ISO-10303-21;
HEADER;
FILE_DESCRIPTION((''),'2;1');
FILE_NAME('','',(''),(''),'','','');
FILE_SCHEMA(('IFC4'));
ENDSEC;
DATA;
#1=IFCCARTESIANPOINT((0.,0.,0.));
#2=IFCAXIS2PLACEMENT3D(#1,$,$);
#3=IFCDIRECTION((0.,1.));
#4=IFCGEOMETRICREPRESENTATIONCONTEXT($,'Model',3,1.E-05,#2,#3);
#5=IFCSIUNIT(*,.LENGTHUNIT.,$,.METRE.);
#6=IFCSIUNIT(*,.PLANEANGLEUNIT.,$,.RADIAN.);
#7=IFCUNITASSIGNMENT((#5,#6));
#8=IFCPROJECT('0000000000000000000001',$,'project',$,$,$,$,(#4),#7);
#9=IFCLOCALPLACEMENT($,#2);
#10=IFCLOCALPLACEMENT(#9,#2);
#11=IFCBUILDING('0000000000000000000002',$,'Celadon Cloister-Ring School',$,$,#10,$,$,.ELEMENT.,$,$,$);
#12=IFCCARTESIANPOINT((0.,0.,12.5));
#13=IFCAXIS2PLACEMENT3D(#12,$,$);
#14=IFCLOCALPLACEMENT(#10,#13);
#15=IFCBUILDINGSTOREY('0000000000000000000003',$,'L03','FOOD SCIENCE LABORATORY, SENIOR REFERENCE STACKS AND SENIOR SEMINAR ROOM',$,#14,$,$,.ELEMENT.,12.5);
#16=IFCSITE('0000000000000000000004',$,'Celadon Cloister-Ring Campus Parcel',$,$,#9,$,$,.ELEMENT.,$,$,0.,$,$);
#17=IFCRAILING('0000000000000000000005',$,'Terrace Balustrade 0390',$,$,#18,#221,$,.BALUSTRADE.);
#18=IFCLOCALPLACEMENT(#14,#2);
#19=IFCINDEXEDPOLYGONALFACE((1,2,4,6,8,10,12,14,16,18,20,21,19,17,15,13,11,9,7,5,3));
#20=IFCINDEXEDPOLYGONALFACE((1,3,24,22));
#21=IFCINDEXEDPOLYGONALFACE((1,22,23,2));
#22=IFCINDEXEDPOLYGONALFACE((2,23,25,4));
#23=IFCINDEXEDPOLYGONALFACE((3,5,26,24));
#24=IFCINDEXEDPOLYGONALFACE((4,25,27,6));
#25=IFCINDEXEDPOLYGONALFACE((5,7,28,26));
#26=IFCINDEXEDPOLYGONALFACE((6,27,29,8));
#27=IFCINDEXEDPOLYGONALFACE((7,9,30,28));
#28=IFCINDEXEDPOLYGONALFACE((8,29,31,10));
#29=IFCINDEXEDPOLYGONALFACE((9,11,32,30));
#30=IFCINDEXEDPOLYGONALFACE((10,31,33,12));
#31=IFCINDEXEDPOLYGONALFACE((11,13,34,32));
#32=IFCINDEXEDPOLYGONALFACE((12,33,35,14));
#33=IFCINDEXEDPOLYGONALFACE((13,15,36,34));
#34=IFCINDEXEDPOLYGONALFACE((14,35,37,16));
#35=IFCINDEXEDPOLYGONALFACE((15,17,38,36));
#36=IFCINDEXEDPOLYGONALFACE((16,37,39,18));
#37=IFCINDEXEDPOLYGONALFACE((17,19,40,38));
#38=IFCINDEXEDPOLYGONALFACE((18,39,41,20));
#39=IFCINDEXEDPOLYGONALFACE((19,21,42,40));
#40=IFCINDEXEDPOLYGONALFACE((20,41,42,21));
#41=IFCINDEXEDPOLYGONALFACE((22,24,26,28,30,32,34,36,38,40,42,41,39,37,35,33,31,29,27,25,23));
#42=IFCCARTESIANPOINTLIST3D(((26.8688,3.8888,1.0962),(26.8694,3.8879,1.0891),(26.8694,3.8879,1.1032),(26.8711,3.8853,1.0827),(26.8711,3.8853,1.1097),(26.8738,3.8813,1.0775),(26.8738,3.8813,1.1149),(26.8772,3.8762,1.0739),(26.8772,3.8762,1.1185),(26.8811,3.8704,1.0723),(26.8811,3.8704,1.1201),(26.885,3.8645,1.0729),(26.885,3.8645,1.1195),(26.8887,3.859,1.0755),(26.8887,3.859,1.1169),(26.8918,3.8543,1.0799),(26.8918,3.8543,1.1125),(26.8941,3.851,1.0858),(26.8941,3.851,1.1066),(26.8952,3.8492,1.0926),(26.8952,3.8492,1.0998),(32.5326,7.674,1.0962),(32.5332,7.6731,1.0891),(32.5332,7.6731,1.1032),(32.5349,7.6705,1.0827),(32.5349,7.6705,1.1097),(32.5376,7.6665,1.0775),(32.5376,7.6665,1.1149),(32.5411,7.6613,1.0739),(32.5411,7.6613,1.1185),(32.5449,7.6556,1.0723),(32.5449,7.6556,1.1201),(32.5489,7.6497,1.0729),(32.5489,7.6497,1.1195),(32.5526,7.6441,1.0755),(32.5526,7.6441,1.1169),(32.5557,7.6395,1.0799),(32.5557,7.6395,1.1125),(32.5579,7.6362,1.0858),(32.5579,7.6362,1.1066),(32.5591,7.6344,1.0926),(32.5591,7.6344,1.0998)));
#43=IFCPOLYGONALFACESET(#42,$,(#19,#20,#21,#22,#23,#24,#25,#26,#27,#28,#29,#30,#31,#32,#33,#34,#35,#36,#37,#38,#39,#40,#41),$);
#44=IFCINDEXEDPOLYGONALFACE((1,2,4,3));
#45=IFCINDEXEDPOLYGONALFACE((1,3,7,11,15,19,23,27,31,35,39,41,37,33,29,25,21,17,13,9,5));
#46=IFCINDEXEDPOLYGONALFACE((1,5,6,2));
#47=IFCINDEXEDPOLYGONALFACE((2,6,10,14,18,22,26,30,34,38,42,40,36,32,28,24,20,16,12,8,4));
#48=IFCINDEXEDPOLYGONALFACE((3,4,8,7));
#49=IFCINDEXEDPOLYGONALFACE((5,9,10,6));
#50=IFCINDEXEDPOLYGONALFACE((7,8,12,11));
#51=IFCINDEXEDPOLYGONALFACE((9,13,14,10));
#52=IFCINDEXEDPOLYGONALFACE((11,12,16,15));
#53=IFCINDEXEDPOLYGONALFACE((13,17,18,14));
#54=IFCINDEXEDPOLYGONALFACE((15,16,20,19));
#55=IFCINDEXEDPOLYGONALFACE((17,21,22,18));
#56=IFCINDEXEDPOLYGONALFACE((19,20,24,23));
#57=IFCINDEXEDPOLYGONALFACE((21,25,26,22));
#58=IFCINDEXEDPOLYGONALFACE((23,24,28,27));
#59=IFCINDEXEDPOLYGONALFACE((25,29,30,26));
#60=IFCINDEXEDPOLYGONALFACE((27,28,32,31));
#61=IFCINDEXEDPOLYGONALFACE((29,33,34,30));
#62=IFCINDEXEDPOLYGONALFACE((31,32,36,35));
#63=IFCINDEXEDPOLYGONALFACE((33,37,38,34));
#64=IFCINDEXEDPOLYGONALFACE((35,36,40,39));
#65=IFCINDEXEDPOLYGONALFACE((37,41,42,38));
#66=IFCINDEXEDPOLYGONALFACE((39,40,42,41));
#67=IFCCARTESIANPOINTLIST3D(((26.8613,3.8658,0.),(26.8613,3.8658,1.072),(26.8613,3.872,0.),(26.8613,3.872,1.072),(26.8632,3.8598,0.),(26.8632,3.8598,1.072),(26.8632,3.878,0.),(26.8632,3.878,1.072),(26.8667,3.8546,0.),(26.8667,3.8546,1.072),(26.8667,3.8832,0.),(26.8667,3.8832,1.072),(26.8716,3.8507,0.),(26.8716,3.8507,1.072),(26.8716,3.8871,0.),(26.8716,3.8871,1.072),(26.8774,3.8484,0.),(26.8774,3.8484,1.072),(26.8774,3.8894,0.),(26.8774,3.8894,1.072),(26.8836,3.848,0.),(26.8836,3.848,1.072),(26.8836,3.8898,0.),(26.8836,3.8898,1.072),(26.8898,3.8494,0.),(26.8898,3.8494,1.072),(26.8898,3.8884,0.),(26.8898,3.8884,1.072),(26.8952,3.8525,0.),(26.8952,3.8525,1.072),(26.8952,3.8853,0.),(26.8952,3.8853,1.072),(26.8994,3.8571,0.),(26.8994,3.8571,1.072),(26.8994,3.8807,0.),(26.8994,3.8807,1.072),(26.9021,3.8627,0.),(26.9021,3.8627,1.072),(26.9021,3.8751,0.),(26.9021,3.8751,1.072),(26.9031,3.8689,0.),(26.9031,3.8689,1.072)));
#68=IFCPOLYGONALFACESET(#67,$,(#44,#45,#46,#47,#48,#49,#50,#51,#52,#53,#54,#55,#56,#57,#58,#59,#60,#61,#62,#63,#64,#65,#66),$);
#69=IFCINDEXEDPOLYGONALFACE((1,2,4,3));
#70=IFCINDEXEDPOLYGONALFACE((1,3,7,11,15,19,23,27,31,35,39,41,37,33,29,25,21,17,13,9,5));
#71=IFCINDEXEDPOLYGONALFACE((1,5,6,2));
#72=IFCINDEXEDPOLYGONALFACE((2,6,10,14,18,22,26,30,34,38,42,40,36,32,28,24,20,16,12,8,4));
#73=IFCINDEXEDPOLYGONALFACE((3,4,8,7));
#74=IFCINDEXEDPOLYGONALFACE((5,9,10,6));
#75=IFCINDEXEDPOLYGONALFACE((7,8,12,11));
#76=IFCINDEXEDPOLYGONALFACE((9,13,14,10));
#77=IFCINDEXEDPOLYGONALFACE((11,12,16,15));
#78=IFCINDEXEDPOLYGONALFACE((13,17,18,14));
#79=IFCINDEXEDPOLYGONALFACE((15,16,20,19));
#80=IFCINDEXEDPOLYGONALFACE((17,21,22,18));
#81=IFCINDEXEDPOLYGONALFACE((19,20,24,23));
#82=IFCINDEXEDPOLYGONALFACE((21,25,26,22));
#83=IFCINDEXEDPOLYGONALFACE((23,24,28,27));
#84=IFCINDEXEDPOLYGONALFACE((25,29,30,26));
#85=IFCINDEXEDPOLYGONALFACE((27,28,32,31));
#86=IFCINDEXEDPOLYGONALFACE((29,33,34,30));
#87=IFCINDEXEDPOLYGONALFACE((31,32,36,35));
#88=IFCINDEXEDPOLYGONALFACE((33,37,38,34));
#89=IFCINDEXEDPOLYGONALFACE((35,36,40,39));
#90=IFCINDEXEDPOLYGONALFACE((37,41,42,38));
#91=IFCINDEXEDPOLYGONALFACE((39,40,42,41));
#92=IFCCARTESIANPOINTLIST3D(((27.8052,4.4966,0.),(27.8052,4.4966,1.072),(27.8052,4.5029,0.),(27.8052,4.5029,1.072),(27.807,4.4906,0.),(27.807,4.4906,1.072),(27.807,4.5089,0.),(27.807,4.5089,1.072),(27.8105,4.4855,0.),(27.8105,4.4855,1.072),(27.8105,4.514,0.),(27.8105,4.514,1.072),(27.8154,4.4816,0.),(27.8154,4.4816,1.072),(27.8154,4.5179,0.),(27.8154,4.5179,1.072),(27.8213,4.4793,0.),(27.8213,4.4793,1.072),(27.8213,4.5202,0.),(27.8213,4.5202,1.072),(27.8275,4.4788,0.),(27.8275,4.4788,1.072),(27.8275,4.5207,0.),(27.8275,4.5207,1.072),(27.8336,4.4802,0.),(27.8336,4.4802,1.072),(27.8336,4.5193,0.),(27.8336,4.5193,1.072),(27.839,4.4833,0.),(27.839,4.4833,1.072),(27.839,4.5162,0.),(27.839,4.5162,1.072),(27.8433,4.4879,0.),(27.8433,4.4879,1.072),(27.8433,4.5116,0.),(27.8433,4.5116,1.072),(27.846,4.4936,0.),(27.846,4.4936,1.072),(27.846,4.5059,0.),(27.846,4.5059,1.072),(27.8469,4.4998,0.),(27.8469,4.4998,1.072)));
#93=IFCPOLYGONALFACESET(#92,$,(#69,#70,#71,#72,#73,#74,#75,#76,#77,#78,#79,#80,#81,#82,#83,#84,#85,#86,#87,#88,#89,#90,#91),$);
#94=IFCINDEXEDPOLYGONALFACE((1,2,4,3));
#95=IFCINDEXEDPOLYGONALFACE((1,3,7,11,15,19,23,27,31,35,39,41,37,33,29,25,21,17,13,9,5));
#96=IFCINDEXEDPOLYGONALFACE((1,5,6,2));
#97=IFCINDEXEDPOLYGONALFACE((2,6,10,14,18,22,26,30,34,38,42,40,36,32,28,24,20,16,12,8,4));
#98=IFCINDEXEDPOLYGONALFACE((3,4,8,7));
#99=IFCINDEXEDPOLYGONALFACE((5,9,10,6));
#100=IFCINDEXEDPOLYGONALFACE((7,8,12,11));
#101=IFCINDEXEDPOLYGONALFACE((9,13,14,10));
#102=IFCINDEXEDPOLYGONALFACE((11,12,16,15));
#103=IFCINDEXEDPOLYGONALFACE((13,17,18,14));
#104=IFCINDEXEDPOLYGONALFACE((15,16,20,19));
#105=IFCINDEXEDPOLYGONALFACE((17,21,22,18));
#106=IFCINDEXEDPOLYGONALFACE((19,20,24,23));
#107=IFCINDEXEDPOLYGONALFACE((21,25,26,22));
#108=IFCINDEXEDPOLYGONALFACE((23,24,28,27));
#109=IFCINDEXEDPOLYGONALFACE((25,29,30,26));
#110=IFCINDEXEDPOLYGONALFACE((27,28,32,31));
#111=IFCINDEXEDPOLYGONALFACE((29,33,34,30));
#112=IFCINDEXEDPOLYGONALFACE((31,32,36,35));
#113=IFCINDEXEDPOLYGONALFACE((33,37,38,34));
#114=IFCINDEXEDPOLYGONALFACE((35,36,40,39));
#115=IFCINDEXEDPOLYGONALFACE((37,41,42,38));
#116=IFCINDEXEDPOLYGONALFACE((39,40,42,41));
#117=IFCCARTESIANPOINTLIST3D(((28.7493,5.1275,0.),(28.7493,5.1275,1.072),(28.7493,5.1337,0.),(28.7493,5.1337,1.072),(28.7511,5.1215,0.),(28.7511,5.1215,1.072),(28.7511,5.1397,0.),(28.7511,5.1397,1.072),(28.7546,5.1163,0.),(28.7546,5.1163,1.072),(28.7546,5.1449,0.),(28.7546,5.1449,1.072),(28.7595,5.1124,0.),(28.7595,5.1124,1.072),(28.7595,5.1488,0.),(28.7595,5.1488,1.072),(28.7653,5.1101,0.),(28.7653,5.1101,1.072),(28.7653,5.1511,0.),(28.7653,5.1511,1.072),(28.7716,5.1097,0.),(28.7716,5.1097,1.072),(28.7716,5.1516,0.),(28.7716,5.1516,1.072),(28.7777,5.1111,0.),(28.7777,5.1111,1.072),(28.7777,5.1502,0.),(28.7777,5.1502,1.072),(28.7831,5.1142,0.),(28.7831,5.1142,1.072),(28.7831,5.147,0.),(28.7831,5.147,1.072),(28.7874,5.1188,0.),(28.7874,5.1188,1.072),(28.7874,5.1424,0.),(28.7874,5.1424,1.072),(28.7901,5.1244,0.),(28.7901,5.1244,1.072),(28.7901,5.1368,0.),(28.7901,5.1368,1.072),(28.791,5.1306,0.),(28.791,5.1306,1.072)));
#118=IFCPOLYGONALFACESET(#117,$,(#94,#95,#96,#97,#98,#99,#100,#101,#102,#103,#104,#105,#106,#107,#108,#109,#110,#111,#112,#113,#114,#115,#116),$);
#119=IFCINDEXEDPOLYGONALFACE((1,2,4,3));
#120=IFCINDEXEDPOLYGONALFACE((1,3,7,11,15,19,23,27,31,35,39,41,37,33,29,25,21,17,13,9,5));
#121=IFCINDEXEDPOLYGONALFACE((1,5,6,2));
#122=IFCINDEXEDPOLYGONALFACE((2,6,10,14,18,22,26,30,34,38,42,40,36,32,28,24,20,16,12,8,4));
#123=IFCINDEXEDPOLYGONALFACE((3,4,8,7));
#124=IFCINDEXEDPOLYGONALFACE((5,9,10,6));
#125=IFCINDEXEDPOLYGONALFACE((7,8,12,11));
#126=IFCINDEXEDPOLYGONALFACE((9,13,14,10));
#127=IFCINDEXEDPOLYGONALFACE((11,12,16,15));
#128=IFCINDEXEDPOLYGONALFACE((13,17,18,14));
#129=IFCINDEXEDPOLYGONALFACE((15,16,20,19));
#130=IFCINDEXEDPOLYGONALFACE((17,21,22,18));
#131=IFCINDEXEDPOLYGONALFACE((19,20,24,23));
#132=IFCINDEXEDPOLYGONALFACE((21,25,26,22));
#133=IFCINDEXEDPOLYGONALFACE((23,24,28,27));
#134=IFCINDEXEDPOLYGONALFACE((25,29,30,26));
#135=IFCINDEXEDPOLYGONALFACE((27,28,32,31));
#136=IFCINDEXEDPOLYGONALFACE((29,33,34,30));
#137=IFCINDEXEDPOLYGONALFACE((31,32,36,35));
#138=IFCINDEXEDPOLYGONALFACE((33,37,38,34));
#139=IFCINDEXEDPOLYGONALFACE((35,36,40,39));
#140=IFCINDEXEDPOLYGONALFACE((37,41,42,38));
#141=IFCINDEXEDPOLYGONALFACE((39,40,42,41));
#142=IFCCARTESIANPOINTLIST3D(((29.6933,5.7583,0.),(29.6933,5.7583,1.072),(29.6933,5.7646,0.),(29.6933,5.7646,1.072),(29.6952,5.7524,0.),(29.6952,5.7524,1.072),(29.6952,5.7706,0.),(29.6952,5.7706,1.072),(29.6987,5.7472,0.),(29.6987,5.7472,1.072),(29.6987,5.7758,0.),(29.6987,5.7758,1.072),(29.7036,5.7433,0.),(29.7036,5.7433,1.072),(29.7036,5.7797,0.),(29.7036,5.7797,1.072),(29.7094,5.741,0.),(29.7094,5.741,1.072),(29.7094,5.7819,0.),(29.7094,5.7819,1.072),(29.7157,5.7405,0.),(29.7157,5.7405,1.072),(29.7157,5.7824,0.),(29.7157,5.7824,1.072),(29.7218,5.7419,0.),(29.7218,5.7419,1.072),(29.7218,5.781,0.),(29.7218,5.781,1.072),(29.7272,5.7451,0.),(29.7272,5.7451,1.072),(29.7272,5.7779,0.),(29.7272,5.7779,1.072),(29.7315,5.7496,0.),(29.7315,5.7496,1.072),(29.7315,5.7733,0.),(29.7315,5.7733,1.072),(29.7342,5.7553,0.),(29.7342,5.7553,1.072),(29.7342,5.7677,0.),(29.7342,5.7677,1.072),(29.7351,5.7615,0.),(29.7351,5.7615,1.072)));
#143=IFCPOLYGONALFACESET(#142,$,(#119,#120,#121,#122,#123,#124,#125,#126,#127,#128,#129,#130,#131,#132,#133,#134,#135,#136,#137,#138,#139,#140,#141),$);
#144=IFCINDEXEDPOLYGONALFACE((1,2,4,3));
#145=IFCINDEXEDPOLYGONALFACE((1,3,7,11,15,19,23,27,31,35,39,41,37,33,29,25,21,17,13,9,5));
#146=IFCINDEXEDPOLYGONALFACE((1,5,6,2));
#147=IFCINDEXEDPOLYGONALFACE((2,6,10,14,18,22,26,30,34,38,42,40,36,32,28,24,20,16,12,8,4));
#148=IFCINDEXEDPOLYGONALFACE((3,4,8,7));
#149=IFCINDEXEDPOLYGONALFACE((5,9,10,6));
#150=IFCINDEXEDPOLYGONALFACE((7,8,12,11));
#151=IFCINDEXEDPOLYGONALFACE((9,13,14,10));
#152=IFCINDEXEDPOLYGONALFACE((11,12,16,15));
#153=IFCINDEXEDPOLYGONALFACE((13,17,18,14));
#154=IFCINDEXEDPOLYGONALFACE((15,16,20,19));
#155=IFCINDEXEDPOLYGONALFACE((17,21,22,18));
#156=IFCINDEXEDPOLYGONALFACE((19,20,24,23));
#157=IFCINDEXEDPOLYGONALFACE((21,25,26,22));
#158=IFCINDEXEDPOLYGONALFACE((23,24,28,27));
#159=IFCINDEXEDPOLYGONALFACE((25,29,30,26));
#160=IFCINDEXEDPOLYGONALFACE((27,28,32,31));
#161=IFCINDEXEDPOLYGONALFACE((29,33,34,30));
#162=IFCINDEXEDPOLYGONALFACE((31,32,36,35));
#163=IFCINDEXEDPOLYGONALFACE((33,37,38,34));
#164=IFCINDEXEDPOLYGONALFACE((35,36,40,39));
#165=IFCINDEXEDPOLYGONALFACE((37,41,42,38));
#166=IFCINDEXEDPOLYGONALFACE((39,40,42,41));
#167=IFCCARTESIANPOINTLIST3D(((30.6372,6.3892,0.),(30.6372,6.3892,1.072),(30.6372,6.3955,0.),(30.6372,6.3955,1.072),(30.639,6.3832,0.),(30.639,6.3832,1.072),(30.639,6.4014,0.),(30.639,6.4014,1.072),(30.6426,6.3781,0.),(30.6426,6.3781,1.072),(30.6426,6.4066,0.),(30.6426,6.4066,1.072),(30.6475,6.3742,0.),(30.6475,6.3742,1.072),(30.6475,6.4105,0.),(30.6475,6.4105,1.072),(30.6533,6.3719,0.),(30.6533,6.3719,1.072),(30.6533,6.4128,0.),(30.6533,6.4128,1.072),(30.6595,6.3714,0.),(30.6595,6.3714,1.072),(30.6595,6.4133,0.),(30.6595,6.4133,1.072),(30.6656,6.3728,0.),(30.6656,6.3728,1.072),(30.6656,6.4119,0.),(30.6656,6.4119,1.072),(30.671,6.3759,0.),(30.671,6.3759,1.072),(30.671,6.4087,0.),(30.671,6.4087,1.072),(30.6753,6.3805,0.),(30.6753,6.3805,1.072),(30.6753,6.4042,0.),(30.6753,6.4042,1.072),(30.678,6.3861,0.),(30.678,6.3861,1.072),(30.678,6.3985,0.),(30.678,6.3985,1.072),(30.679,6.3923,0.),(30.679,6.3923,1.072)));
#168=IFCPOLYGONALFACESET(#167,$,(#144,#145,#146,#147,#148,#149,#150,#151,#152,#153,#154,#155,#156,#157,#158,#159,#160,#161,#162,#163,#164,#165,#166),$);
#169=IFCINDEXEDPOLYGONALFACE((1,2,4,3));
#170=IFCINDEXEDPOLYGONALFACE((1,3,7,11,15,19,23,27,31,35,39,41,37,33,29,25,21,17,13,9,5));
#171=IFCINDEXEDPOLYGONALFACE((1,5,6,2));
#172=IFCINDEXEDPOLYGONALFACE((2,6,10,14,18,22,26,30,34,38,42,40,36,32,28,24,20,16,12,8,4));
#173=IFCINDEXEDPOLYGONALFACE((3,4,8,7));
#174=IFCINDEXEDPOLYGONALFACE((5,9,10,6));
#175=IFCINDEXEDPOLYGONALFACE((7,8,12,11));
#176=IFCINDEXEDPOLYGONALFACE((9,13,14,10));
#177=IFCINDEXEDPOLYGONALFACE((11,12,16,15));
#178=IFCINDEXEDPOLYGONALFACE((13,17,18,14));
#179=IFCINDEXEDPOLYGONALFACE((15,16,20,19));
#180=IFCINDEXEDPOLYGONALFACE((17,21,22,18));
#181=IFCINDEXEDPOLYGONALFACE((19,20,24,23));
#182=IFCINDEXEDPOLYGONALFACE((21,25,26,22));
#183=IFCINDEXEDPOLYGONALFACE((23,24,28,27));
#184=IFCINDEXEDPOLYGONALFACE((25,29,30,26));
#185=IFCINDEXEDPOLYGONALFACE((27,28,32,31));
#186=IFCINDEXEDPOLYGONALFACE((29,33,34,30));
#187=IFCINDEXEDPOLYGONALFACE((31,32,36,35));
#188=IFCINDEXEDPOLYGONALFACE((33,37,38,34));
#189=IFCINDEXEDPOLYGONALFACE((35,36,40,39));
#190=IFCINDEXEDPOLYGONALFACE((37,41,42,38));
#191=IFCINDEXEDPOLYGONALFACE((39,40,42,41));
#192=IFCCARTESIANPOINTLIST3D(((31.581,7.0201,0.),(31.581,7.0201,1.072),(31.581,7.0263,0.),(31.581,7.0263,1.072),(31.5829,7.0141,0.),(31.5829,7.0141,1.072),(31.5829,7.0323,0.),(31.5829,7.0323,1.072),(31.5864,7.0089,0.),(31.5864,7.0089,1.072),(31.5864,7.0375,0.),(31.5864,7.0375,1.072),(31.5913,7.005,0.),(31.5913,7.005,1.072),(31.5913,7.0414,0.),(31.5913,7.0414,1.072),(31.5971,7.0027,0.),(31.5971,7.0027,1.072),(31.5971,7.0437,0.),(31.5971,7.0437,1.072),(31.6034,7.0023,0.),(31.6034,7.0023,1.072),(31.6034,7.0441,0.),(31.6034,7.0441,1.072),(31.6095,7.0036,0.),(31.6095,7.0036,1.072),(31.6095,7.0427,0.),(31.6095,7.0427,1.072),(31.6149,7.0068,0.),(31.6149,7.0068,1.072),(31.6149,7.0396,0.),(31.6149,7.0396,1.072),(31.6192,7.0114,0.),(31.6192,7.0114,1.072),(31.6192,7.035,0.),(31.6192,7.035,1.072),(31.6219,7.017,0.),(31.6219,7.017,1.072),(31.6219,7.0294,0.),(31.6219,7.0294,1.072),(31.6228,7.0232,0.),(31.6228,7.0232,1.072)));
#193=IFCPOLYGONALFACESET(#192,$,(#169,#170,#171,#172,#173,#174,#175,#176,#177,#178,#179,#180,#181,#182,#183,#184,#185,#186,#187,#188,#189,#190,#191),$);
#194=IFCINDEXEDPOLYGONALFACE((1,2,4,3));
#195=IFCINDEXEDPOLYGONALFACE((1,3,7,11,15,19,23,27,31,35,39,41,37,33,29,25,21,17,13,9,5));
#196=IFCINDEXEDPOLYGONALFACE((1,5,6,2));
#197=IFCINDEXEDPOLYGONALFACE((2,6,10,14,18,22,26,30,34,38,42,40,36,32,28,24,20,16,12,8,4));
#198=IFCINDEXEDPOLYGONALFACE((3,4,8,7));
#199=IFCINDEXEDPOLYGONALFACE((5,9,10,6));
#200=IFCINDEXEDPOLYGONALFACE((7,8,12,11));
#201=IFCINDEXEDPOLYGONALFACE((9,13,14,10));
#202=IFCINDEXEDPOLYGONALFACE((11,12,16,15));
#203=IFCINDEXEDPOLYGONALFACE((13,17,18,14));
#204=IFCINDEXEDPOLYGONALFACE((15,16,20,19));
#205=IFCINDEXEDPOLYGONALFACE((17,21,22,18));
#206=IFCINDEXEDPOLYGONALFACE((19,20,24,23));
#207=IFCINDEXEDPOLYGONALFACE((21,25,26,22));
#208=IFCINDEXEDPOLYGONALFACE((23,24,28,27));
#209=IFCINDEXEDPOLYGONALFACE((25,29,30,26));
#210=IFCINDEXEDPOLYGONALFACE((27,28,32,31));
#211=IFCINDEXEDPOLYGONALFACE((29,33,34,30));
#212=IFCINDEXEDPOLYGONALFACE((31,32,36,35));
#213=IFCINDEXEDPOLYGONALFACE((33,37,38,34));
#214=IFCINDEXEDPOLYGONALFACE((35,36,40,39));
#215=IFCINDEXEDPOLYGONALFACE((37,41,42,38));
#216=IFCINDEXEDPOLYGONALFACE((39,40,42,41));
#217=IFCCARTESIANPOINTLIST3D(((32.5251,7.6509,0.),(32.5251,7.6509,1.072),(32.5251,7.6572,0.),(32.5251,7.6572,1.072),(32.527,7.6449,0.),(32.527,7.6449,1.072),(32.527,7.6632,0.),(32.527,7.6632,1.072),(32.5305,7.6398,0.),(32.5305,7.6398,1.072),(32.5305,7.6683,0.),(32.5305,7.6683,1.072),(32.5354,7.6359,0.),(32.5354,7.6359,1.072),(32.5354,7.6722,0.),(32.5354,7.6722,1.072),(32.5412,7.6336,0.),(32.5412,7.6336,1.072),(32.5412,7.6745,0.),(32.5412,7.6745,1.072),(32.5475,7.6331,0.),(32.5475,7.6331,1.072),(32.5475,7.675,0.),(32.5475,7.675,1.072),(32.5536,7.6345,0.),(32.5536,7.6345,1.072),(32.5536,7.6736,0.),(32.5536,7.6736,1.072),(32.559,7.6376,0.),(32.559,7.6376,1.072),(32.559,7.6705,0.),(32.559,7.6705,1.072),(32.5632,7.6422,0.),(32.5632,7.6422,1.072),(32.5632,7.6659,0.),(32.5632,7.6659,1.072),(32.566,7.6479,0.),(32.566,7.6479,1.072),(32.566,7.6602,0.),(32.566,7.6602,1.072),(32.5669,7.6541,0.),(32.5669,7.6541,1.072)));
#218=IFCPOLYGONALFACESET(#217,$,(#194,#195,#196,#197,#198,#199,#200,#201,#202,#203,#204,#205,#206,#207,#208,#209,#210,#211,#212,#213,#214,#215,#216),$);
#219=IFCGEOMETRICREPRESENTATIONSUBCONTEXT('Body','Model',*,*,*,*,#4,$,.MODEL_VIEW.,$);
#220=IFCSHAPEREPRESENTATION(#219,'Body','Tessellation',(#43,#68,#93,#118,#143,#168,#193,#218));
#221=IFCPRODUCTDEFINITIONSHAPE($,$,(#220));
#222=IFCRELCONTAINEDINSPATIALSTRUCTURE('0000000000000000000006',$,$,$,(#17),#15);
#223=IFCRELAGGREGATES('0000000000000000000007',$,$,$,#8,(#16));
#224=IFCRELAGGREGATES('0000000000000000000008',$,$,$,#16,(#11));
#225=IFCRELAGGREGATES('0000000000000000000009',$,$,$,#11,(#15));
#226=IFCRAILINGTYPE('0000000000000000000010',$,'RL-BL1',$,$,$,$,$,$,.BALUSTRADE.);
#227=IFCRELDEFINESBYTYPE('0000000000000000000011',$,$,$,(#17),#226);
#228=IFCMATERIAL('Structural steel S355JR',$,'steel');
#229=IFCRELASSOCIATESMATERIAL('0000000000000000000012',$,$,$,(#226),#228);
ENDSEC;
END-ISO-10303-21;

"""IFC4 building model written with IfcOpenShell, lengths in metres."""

from ifc_helpers import new_model, si_unit, direction, frame, origin, origin_2d, place, context, subcontext, project, spatial, circle, extrude, material, type_object, element, save


model = new_model("IFC4")

# Units and contexts
model_context = context("Model", 3, precision=1e-05, world=origin(), true_north=direction((0.0, 1.0)))
body_context = subcontext(model_context, "Body", "Model", "MODEL_VIEW")
ifc_project = project(units=[si_unit("LENGTHUNIT", "METRE"), si_unit("PLANEANGLEUNIT", "RADIAN")], contexts=[model_context])

# Site, building, storey
site_placement = place(None, origin())
site = spatial("IfcSite", under=ifc_project, at=site_placement, Name="Celadon Cloister-Ring Campus Parcel", CompositionType="ELEMENT", RefElevation=0.0)
building_placement = place(site_placement, origin())
building = spatial("IfcBuilding", under=site, at=building_placement, Name="Celadon Cloister-Ring School", CompositionType="ELEMENT")
storey_placement = place(building_placement, frame((0.0, 0.0, 12.5)))
storey = spatial("IfcBuildingStorey", under=building, at=storey_placement, Name="L03", Description="FOOD SCIENCE LABORATORY, SENIOR REFERENCE STACKS AND SENIOR SEMINAR ROOM", CompositionType="ELEMENT", Elevation=12.5)

# Railing
ifc_material_1 = material(Name="Structural steel S355JR", Category="steel")
railing_type = type_object("IfcRailingType", Name="RL-BL1", PredefinedType="BALUSTRADE", material=ifc_material_1)
railing_placement = place(storey_placement, frame((26.8821, 3.8689, 0.0)))
element("IfcRailing", 1, at=railing_placement, inside=storey, type_object=railing_type, Name="Terrace Balustrade 0390", PredefinedType="BALUSTRADE", context=body_context, shape_type="SweptSolid", body=[
    extrude(circle(Radius=0.0239, at=origin_2d()), frame((0.0, 0.0, 1.0962), z_axis=(0.831421, 0.555643, 0.0), x_axis=(-0.555643, 0.831421, 0.0)), (0.0, 0.0, 1.0), 6.8123),
    extrude(circle(Radius=0.021, at=origin_2d()), origin(), (0.0, 0.0, 1.0), 1.072),
    extrude(circle(Radius=0.021, at=origin_2d()), frame((0.9438, 0.6309, 0.0)), (0.0, 0.0, 1.0), 1.072),
    extrude(circle(Radius=0.021, at=origin_2d()), frame((1.8879, 1.2617, 0.0)), (0.0, 0.0, 1.0), 1.072),
    extrude(circle(Radius=0.021, at=origin_2d()), frame((2.832, 1.8926, 0.0)), (0.0, 0.0, 1.0), 1.072),
    extrude(circle(Radius=0.021, at=origin_2d()), frame((3.7759, 2.5234, 0.0)), (0.0, 0.0, 1.0), 1.072),
    extrude(circle(Radius=0.021, at=origin_2d()), frame((4.7197, 3.1543, 0.0)), (0.0, 0.0, 1.0), 1.072),
    extrude(circle(Radius=0.021, at=origin_2d()), frame((5.6638, 3.7852, 0.0)), (0.0, 0.0, 1.0), 1.072),
])

save(model, "model.ifc")
